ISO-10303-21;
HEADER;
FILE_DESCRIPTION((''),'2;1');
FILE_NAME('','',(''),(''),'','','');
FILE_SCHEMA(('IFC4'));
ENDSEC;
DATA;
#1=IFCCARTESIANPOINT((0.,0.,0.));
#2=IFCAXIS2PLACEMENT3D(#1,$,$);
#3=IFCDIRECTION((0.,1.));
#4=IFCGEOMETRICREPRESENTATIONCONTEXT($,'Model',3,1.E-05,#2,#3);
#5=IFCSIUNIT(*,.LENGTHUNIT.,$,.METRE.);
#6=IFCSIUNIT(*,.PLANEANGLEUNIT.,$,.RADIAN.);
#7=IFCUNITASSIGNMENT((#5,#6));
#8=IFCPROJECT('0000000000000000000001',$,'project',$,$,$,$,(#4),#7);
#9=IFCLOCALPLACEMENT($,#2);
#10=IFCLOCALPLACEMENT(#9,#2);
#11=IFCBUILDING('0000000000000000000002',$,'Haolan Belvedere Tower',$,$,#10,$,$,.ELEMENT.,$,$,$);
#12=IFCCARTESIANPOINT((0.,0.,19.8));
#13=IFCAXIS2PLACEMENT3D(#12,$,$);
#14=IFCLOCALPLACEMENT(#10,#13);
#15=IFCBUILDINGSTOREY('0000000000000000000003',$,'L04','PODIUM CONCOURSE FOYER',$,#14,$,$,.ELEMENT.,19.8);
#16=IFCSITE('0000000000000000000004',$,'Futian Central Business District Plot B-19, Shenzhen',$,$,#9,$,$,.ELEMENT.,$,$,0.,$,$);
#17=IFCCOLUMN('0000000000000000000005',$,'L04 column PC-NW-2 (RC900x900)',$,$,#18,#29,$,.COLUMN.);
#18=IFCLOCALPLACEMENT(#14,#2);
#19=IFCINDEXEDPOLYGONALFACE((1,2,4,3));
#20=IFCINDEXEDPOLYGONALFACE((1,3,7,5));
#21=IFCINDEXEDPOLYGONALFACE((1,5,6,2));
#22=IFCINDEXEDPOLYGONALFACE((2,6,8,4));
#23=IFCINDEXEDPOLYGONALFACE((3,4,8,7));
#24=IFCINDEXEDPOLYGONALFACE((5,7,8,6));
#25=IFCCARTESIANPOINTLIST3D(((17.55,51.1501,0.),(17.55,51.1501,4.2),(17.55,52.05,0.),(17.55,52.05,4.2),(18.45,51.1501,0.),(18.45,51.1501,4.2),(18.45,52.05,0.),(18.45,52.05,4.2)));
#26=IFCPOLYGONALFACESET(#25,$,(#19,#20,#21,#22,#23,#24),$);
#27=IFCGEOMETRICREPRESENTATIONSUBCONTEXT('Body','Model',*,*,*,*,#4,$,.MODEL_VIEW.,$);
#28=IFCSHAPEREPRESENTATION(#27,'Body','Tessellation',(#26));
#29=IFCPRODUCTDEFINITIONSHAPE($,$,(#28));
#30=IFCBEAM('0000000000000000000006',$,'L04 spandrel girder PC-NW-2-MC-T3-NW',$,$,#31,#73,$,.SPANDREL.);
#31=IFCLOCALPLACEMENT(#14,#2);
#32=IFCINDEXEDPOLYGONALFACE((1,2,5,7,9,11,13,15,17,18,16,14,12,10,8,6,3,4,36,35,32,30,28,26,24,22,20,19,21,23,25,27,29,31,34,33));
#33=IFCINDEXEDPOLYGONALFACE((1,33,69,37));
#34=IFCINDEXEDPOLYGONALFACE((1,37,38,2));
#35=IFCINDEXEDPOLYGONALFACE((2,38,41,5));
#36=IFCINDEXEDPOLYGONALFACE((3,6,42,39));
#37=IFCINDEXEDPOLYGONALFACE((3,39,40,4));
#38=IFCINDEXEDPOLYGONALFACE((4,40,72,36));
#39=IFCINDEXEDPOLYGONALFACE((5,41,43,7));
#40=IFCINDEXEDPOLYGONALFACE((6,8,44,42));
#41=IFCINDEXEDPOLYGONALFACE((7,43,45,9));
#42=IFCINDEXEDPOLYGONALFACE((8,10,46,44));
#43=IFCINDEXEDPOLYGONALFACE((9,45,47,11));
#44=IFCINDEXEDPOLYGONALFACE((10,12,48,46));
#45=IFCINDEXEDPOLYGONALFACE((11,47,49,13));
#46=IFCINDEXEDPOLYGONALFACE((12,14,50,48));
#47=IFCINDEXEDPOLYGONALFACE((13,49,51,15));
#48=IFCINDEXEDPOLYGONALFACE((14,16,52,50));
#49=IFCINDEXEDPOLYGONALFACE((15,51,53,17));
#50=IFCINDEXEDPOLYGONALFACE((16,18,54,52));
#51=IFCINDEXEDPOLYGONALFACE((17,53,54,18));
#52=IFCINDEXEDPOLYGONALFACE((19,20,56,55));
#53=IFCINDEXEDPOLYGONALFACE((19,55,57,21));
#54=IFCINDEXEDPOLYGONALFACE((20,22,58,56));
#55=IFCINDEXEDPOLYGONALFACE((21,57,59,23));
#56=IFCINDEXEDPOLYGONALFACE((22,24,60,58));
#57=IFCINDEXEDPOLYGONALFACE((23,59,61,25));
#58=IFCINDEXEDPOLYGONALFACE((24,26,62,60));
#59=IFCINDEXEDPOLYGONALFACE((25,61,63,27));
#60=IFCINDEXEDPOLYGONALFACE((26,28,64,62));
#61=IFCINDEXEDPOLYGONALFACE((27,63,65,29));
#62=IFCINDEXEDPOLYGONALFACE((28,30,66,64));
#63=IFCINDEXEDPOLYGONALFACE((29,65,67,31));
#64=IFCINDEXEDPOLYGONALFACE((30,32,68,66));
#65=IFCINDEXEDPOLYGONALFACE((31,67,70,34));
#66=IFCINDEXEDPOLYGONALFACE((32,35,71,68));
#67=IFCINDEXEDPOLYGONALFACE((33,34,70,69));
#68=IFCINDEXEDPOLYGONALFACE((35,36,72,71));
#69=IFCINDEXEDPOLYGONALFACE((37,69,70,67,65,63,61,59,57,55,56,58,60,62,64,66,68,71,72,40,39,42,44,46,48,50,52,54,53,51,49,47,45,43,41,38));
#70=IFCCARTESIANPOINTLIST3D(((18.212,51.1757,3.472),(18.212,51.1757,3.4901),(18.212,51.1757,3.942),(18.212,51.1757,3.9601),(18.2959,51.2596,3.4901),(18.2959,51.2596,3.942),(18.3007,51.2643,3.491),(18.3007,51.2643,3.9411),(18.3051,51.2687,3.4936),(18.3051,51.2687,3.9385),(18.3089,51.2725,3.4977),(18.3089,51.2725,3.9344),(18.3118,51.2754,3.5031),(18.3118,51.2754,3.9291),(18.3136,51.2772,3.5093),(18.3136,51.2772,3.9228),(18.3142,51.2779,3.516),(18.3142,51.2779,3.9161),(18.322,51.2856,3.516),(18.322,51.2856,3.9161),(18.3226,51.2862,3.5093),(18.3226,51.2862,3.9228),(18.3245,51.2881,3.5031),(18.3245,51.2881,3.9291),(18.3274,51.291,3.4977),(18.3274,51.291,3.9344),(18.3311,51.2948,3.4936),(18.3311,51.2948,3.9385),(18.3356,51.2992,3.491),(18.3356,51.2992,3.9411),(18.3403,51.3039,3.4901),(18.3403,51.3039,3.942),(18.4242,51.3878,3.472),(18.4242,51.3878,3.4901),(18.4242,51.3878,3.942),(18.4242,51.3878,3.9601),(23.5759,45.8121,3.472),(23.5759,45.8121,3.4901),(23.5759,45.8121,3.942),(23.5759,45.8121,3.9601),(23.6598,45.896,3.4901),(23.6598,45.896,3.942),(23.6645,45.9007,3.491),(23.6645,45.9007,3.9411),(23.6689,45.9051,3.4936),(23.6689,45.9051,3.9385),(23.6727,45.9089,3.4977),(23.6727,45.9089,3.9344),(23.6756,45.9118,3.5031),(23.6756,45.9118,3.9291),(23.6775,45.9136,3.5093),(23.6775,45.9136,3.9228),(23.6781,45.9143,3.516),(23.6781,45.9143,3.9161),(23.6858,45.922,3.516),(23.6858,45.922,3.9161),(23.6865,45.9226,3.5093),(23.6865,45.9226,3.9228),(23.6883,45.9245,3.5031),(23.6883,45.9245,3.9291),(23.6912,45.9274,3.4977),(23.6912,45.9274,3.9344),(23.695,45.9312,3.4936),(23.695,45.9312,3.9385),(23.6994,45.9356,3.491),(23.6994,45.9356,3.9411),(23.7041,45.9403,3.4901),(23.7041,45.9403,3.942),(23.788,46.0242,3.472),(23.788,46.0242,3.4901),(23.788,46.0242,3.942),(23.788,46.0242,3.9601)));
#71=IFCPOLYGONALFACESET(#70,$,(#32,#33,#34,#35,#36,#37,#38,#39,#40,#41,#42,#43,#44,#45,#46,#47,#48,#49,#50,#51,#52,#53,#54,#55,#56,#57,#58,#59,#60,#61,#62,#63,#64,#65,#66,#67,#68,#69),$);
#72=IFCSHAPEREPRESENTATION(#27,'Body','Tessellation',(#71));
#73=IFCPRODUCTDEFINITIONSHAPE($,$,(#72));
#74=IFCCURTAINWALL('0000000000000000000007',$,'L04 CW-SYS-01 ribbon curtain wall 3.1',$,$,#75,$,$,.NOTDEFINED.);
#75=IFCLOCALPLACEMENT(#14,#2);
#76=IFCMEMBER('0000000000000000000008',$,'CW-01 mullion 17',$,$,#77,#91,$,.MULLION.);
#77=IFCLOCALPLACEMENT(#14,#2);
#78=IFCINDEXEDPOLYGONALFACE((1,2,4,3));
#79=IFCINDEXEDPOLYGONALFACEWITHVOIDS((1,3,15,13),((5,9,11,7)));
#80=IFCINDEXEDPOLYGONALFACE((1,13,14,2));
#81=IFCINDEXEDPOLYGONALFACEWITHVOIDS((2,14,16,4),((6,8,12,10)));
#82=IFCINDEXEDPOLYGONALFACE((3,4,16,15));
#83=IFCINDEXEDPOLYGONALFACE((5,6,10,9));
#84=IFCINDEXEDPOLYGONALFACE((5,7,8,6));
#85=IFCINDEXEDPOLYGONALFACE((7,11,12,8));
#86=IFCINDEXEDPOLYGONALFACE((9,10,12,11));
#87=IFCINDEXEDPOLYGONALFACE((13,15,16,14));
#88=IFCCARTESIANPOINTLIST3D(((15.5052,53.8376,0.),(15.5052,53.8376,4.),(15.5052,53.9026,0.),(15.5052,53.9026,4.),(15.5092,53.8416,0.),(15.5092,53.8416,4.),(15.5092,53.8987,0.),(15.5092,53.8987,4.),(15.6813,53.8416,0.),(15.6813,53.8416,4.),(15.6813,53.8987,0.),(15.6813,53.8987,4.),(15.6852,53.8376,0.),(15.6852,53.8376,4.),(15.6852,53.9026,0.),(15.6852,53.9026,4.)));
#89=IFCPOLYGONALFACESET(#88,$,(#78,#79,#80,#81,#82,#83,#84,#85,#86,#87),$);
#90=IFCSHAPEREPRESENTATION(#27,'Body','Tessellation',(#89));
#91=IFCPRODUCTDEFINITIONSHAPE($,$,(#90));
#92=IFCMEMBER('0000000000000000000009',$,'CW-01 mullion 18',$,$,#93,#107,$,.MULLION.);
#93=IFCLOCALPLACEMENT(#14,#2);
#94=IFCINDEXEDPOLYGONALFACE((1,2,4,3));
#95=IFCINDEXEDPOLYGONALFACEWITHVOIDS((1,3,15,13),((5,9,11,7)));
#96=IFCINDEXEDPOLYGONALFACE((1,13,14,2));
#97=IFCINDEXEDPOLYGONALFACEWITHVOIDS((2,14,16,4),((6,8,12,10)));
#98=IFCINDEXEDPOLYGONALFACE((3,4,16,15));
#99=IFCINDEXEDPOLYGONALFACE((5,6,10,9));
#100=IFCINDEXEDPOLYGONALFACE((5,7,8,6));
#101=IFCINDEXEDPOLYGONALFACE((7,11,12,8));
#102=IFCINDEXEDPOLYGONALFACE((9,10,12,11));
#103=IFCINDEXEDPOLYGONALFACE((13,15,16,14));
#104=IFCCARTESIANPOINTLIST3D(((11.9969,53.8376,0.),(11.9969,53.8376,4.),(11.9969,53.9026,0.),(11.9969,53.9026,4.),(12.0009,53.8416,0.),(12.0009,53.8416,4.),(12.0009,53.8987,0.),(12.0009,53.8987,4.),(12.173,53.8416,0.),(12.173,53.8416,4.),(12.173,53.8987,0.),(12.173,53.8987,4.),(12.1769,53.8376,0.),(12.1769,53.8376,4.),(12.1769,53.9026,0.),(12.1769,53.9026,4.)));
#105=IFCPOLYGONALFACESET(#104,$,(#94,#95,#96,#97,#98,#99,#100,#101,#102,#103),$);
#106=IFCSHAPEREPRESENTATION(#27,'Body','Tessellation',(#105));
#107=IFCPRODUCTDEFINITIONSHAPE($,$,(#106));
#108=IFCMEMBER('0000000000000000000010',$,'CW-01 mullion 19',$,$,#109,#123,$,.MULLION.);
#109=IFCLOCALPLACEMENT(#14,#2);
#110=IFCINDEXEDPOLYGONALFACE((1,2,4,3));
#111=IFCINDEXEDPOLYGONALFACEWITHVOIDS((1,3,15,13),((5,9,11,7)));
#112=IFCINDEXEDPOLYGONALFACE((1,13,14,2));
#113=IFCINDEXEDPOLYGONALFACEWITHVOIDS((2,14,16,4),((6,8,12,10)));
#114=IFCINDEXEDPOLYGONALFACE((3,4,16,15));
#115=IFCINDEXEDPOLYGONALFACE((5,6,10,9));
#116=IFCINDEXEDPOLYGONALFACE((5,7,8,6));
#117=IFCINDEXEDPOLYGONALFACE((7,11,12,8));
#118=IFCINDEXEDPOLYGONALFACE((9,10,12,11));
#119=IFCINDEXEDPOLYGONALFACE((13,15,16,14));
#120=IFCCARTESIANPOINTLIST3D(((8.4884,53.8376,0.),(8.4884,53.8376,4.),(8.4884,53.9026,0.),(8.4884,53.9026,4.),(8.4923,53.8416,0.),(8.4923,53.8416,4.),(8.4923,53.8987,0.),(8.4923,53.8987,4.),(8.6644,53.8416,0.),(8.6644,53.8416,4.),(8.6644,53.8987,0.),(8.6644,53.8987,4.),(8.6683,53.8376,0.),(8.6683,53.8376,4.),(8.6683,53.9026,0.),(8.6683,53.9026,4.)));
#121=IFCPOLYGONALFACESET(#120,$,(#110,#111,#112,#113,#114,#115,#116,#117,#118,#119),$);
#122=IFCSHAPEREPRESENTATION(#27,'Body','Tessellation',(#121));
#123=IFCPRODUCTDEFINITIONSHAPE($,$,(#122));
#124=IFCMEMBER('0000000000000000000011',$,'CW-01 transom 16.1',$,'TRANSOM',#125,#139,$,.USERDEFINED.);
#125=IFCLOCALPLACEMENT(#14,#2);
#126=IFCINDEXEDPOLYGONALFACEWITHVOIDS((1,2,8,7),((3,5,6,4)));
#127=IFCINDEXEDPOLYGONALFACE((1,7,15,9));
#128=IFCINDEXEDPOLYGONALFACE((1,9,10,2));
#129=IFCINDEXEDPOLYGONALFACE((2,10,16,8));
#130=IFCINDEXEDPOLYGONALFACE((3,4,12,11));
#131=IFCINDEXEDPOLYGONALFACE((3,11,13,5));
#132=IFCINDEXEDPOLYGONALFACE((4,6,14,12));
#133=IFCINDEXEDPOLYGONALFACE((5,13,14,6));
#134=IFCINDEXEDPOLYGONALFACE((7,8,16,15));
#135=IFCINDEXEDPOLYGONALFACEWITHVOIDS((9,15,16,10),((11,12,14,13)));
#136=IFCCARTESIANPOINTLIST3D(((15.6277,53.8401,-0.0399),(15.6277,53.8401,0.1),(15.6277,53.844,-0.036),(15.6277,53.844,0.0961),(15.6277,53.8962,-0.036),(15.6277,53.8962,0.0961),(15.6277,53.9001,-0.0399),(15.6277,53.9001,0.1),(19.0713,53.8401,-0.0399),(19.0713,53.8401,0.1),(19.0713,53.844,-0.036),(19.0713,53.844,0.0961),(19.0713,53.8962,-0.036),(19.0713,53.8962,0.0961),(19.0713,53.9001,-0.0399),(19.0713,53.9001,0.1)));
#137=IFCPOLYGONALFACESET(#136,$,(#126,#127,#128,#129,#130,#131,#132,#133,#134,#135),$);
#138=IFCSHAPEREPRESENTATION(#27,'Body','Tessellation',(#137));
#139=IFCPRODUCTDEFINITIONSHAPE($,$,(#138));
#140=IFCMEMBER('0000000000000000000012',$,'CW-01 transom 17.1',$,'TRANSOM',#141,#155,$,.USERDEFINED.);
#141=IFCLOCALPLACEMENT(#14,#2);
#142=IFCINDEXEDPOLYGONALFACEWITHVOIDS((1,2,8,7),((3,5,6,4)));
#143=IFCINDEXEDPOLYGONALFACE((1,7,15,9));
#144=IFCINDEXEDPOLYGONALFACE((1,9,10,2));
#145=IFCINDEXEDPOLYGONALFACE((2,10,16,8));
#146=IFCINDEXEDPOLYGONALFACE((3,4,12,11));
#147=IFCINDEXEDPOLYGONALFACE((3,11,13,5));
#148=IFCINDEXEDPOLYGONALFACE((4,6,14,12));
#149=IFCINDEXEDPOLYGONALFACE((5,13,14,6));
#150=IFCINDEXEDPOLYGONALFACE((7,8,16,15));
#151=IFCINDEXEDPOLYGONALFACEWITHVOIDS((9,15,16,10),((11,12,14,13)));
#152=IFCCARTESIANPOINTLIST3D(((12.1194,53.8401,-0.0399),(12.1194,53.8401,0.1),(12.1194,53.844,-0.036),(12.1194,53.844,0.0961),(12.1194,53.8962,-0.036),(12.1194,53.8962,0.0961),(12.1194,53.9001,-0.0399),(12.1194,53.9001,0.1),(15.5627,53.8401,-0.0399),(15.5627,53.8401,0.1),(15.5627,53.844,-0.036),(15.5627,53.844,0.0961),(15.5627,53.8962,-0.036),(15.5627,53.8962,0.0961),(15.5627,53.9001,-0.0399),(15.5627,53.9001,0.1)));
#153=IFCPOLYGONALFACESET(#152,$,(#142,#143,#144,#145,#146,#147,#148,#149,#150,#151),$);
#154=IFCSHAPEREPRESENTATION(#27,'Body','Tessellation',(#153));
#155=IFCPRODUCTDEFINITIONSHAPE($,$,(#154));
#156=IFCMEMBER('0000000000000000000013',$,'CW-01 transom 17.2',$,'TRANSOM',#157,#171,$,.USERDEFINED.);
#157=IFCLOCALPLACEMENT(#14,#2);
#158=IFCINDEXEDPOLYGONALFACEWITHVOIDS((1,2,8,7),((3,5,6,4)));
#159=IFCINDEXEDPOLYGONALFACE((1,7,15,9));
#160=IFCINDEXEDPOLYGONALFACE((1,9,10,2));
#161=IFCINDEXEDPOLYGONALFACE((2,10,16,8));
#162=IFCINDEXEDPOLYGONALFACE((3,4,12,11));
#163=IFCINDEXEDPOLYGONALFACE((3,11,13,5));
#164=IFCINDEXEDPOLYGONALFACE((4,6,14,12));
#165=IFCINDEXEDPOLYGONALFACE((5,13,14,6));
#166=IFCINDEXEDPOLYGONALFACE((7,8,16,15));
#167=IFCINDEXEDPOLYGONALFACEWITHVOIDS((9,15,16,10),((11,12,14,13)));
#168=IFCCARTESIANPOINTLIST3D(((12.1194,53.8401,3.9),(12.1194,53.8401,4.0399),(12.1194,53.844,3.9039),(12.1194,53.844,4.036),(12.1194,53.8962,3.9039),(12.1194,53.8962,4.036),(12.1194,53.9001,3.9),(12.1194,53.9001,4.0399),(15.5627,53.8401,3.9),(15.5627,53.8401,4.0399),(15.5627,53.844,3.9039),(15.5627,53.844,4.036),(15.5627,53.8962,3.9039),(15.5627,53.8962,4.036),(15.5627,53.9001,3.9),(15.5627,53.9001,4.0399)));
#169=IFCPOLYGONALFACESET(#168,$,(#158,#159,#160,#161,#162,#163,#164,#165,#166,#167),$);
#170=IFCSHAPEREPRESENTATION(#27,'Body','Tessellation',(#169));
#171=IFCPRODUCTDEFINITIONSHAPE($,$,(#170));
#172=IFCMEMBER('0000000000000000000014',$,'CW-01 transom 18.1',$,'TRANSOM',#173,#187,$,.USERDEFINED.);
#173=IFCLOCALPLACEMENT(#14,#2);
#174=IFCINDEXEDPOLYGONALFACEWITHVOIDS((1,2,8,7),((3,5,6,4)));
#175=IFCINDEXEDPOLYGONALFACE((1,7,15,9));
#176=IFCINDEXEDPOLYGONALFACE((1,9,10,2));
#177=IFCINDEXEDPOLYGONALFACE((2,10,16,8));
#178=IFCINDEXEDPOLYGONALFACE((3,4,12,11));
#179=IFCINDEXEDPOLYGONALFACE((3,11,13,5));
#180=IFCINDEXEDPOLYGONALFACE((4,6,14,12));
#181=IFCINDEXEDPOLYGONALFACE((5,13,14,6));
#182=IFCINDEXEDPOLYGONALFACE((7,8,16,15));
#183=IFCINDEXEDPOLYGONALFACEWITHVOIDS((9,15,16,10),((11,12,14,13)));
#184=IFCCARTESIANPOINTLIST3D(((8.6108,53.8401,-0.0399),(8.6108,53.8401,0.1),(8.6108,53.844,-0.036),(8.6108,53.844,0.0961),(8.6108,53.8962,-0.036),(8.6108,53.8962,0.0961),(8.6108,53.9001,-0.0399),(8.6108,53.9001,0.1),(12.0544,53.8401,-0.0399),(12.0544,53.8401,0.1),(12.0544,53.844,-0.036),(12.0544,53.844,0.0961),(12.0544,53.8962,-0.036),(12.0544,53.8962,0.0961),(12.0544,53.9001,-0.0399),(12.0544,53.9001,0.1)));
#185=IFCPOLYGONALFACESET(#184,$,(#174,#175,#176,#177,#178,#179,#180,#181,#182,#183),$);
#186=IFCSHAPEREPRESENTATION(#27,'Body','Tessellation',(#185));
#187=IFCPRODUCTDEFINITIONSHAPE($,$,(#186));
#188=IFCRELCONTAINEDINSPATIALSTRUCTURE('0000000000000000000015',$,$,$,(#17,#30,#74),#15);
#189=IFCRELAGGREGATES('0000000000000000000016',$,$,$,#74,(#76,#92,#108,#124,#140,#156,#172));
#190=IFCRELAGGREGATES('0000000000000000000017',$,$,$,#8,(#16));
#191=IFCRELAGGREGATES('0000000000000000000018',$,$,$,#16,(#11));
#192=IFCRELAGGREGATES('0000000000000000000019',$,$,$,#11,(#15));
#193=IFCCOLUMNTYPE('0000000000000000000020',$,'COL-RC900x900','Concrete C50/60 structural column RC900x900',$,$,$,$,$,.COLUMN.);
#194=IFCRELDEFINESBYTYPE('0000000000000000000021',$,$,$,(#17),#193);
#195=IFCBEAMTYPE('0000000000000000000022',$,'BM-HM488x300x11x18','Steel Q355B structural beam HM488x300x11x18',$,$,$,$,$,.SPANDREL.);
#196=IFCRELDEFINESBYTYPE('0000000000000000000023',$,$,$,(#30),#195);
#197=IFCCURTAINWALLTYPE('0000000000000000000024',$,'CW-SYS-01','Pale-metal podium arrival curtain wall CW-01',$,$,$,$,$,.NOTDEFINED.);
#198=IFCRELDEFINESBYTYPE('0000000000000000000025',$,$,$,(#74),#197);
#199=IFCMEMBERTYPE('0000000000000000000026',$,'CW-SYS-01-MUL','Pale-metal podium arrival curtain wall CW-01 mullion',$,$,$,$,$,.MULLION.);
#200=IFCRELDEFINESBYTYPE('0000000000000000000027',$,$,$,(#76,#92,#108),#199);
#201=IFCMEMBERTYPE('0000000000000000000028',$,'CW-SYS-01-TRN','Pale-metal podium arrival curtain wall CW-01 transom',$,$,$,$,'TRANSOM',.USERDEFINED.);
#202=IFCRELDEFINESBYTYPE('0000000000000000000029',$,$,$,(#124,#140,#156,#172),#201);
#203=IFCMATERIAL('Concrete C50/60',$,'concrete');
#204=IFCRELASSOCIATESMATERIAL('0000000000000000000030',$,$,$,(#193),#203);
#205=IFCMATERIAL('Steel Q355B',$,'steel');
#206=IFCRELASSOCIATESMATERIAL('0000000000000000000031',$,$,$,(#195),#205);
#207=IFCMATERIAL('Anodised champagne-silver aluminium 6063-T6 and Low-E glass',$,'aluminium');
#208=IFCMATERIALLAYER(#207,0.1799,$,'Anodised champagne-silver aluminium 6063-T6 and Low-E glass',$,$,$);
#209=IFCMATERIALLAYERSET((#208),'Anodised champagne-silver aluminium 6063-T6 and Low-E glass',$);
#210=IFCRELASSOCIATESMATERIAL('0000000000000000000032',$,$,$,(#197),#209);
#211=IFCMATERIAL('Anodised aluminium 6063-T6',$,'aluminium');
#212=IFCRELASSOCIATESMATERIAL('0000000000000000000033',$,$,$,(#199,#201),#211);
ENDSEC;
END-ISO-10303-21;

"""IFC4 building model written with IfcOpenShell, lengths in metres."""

from ifc_helpers import new_model, si_unit, direction, frame, origin, origin_2d, place, context, subcontext, project, spatial, rectangle, hollow_rectangle, i_section, extrude, material, layer, layer_set, material_profile, profile_set, type_object, element, aggregate, save


model = new_model("IFC4")

# Units and contexts
model_context = context("Model", 3, precision=1e-05, world=origin(), true_north=direction((0.0, 1.0)))
body_context = subcontext(model_context, "Body", "Model", "MODEL_VIEW")
ifc_project = project(units=[si_unit("LENGTHUNIT", "METRE"), si_unit("PLANEANGLEUNIT", "RADIAN")], contexts=[model_context])

# Site, building, storey
site_placement = place(None, origin())
site = spatial("IfcSite", under=ifc_project, at=site_placement, Name="Futian Central Business District Plot B-19, Shenzhen", CompositionType="ELEMENT", RefElevation=0.0)
building_placement = place(site_placement, origin())
building = spatial("IfcBuilding", under=site, at=building_placement, Name="Haolan Belvedere Tower", CompositionType="ELEMENT")
storey_placement = place(building_placement, frame((0.0, 0.0, 19.8)))
storey = spatial("IfcBuildingStorey", under=building, at=storey_placement, Name="L04", Description="PODIUM CONCOURSE FOYER", CompositionType="ELEMENT", Elevation=19.8)

# Column
ifc_material_1 = material(Name="Concrete C50/60", Category="concrete")
ifc_material_profile_1 = material_profile(ifc_material_1, rectangle(XDim=0.8999, YDim=0.8999, at=origin_2d()), Name="Concrete C50/60")
ifc_profile_set_1 = profile_set([ifc_material_profile_1], Name="Concrete C50/60")
column_type = type_object("IfcColumnType", Name="COL-RC900x900", Description="Concrete C50/60 structural column RC900x900", PredefinedType="COLUMN", material=ifc_profile_set_1)
column_placement = place(storey_placement, frame((18.0, 51.6001, 0.0), z_axis=(0.0, 0.0, 1.0), x_axis=(1.0, 0.0, 0.0)))
element("IfcColumn", 1, at=column_placement, inside=storey, type_object=column_type, Name="L04 column PC-NW-2 (RC900x900)", PredefinedType="COLUMN", context=body_context, shape_type="SweptSolid", body=[
    extrude(rectangle(XDim=0.8999, YDim=0.8999, at=origin_2d()), origin(), (0.0, 0.0, 1.0), 4.2),
])

# Beam
ifc_material_2 = material(Name="Steel Q355B", Category="steel")
ifc_material_profile_2 = material_profile(ifc_material_2, i_section(OverallWidth=0.3, OverallDepth=0.488, WebThickness=0.011, FlangeThickness=0.0181, FilletRadius=0.0259, at=origin_2d()), Name="Steel Q355B")
ifc_profile_set_2 = profile_set([ifc_material_profile_2], Name="Steel Q355B")
beam_type = type_object("IfcBeamType", Name="BM-HM488x300x11x18", Description="Steel Q355B structural beam HM488x300x11x18", PredefinedType="SPANDREL", material=ifc_profile_set_2)
beam_placement = place(storey_placement, frame((18.3181, 51.2817, 3.7161), z_axis=(0.707123, -0.707091, 0.0), x_axis=(0.707091, 0.707123, 0.0)))
element("IfcBeam", 2, at=beam_placement, inside=storey, type_object=beam_type, Name="L04 spandrel girder PC-NW-2-MC-T3-NW", PredefinedType="SPANDREL", context=body_context, shape_type="SweptSolid", body=[
    extrude(i_section(OverallWidth=0.3, OverallDepth=0.488, WebThickness=0.011, FlangeThickness=0.0181, FilletRadius=0.0259, at=origin_2d()), origin(), (0.0, 0.0, 1.0), 7.5854),
])

# Curtain wall, members
ifc_material_3 = material(Name="Anodised champagne-silver aluminium 6063-T6 and Low-E glass", Category="aluminium")
ifc_layer_1 = layer(ifc_material_3, 0.1799, Name="Anodised champagne-silver aluminium 6063-T6 and Low-E glass")
ifc_layer_set_1 = layer_set([ifc_layer_1], Name="Anodised champagne-silver aluminium 6063-T6 and Low-E glass")
curtain_wall_type = type_object("IfcCurtainWallType", Name="CW-SYS-01", Description="Pale-metal podium arrival curtain wall CW-01", PredefinedType="NOTDEFINED", material=ifc_layer_set_1)
curtain_wall_placement = place(storey_placement, origin())
curtain_wall = element("IfcCurtainWall", 3, at=curtain_wall_placement, inside=storey, type_object=curtain_wall_type, Name="L04 CW-SYS-01 ribbon curtain wall 3.1", PredefinedType="NOTDEFINED")
ifc_material_4 = material(Name="Anodised aluminium 6063-T6", Category="aluminium")
ifc_material_profile_3 = material_profile(ifc_material_4, hollow_rectangle(XDim=0.0649, YDim=0.1799, WallThickness=0.0039, at=origin_2d()), Name="Anodised aluminium 6063-T6")
ifc_profile_set_3 = profile_set([ifc_material_profile_3], Name="Anodised aluminium 6063-T6")
member_type_1 = type_object("IfcMemberType", Name="CW-SYS-01-MUL", Description="Pale-metal podium arrival curtain wall CW-01 mullion", PredefinedType="MULLION", material=ifc_profile_set_3)
member_1_placement = place(storey_placement, frame((15.5952, 53.8701, 0.0), z_axis=(0.0, 0.0, 1.0), x_axis=(0.0, -1.0, 0.0)))
member_1 = element("IfcMember", 4, at=member_1_placement, type_object=member_type_1, Name="CW-01 mullion 17", PredefinedType="MULLION", context=body_context, shape_type="SweptSolid", body=[
    extrude(hollow_rectangle(XDim=0.0649, YDim=0.1799, WallThickness=0.0039, at=origin_2d()), origin(), (0.0, 0.0, 1.0), 4.0),
])
member_2_placement = place(storey_placement, frame((12.0869, 53.8701, 0.0), z_axis=(0.0, 0.0, 1.0), x_axis=(0.0, -1.0, 0.0)))
member_2 = element("IfcMember", 5, at=member_2_placement, type_object=member_type_1, Name="CW-01 mullion 18", PredefinedType="MULLION", context=body_context, shape_type="SweptSolid", body=[
    extrude(hollow_rectangle(XDim=0.0649, YDim=0.1799, WallThickness=0.0039, at=origin_2d()), origin(), (0.0, 0.0, 1.0), 4.0),
])
member_3_placement = place(storey_placement, frame((8.5784, 53.8701, 0.0), z_axis=(0.0, 0.0, 1.0), x_axis=(0.0, -1.0, 0.0)))
member_3 = element("IfcMember", 6, at=member_3_placement, type_object=member_type_1, Name="CW-01 mullion 19", PredefinedType="MULLION", context=body_context, shape_type="SweptSolid", body=[
    extrude(hollow_rectangle(XDim=0.0649, YDim=0.1799, WallThickness=0.0039, at=origin_2d()), origin(), (0.0, 0.0, 1.0), 4.0),
])
ifc_material_profile_4 = material_profile(ifc_material_4, hollow_rectangle(XDim=0.0601, YDim=0.1399, WallThickness=0.0039, at=origin_2d()), Name="Anodised aluminium 6063-T6")
ifc_profile_set_4 = profile_set([ifc_material_profile_4], Name="Anodised aluminium 6063-T6")
member_type_2 = type_object("IfcMemberType", Name="CW-SYS-01-TRN", Description="Pale-metal podium arrival curtain wall CW-01 transom", ElementType="TRANSOM", PredefinedType="USERDEFINED", material=ifc_profile_set_4)
member_4_placement = place(storey_placement, frame((19.0713, 53.8701, 0.03), z_axis=(-1.0, 0.0, 0.0), x_axis=(0.0, -1.0, 0.0)))
member_4 = element("IfcMember", 7, at=member_4_placement, type_object=member_type_2, Name="CW-01 transom 16.1", ObjectType="TRANSOM", PredefinedType="USERDEFINED", context=body_context, shape_type="SweptSolid", body=[
    extrude(hollow_rectangle(XDim=0.0601, YDim=0.1399, WallThickness=0.0039, at=origin_2d()), origin(), (0.0, 0.0, 1.0), 3.4436),
])
member_5_placement = place(storey_placement, frame((15.5627, 53.8701, 0.03), z_axis=(-1.0, 0.0, 0.0), x_axis=(0.0, -1.0, 0.0)))
member_5 = element("IfcMember", 8, at=member_5_placement, type_object=member_type_2, Name="CW-01 transom 17.1", ObjectType="TRANSOM", PredefinedType="USERDEFINED", context=body_context, shape_type="SweptSolid", body=[
    extrude(hollow_rectangle(XDim=0.0601, YDim=0.1399, WallThickness=0.0039, at=origin_2d()), origin(), (0.0, 0.0, 1.0), 3.4434),
])
member_6_placement = place(storey_placement, frame((15.5627, 53.8701, 3.97), z_axis=(-1.0, 0.0, 0.0), x_axis=(0.0, -1.0, 0.0)))
member_6 = element("IfcMember", 9, at=member_6_placement, type_object=member_type_2, Name="CW-01 transom 17.2", ObjectType="TRANSOM", PredefinedType="USERDEFINED", context=body_context, shape_type="SweptSolid", body=[
    extrude(hollow_rectangle(XDim=0.0601, YDim=0.1399, WallThickness=0.0039, at=origin_2d()), origin(), (0.0, 0.0, 1.0), 3.4434),
])
member_7_placement = place(storey_placement, frame((12.0544, 53.8701, 0.03), z_axis=(-1.0, 0.0, 0.0), x_axis=(0.0, -1.0, 0.0)))
member_7 = element("IfcMember", 10, at=member_7_placement, type_object=member_type_2, Name="CW-01 transom 18.1", ObjectType="TRANSOM", PredefinedType="USERDEFINED", context=body_context, shape_type="SweptSolid", body=[
    extrude(hollow_rectangle(XDim=0.0601, YDim=0.1399, WallThickness=0.0039, at=origin_2d()), origin(), (0.0, 0.0, 1.0), 3.4436),
])
aggregate(curtain_wall, [member_1, member_2, member_3, member_4, member_5, member_6, member_7])

save(model, "model.ifc")
